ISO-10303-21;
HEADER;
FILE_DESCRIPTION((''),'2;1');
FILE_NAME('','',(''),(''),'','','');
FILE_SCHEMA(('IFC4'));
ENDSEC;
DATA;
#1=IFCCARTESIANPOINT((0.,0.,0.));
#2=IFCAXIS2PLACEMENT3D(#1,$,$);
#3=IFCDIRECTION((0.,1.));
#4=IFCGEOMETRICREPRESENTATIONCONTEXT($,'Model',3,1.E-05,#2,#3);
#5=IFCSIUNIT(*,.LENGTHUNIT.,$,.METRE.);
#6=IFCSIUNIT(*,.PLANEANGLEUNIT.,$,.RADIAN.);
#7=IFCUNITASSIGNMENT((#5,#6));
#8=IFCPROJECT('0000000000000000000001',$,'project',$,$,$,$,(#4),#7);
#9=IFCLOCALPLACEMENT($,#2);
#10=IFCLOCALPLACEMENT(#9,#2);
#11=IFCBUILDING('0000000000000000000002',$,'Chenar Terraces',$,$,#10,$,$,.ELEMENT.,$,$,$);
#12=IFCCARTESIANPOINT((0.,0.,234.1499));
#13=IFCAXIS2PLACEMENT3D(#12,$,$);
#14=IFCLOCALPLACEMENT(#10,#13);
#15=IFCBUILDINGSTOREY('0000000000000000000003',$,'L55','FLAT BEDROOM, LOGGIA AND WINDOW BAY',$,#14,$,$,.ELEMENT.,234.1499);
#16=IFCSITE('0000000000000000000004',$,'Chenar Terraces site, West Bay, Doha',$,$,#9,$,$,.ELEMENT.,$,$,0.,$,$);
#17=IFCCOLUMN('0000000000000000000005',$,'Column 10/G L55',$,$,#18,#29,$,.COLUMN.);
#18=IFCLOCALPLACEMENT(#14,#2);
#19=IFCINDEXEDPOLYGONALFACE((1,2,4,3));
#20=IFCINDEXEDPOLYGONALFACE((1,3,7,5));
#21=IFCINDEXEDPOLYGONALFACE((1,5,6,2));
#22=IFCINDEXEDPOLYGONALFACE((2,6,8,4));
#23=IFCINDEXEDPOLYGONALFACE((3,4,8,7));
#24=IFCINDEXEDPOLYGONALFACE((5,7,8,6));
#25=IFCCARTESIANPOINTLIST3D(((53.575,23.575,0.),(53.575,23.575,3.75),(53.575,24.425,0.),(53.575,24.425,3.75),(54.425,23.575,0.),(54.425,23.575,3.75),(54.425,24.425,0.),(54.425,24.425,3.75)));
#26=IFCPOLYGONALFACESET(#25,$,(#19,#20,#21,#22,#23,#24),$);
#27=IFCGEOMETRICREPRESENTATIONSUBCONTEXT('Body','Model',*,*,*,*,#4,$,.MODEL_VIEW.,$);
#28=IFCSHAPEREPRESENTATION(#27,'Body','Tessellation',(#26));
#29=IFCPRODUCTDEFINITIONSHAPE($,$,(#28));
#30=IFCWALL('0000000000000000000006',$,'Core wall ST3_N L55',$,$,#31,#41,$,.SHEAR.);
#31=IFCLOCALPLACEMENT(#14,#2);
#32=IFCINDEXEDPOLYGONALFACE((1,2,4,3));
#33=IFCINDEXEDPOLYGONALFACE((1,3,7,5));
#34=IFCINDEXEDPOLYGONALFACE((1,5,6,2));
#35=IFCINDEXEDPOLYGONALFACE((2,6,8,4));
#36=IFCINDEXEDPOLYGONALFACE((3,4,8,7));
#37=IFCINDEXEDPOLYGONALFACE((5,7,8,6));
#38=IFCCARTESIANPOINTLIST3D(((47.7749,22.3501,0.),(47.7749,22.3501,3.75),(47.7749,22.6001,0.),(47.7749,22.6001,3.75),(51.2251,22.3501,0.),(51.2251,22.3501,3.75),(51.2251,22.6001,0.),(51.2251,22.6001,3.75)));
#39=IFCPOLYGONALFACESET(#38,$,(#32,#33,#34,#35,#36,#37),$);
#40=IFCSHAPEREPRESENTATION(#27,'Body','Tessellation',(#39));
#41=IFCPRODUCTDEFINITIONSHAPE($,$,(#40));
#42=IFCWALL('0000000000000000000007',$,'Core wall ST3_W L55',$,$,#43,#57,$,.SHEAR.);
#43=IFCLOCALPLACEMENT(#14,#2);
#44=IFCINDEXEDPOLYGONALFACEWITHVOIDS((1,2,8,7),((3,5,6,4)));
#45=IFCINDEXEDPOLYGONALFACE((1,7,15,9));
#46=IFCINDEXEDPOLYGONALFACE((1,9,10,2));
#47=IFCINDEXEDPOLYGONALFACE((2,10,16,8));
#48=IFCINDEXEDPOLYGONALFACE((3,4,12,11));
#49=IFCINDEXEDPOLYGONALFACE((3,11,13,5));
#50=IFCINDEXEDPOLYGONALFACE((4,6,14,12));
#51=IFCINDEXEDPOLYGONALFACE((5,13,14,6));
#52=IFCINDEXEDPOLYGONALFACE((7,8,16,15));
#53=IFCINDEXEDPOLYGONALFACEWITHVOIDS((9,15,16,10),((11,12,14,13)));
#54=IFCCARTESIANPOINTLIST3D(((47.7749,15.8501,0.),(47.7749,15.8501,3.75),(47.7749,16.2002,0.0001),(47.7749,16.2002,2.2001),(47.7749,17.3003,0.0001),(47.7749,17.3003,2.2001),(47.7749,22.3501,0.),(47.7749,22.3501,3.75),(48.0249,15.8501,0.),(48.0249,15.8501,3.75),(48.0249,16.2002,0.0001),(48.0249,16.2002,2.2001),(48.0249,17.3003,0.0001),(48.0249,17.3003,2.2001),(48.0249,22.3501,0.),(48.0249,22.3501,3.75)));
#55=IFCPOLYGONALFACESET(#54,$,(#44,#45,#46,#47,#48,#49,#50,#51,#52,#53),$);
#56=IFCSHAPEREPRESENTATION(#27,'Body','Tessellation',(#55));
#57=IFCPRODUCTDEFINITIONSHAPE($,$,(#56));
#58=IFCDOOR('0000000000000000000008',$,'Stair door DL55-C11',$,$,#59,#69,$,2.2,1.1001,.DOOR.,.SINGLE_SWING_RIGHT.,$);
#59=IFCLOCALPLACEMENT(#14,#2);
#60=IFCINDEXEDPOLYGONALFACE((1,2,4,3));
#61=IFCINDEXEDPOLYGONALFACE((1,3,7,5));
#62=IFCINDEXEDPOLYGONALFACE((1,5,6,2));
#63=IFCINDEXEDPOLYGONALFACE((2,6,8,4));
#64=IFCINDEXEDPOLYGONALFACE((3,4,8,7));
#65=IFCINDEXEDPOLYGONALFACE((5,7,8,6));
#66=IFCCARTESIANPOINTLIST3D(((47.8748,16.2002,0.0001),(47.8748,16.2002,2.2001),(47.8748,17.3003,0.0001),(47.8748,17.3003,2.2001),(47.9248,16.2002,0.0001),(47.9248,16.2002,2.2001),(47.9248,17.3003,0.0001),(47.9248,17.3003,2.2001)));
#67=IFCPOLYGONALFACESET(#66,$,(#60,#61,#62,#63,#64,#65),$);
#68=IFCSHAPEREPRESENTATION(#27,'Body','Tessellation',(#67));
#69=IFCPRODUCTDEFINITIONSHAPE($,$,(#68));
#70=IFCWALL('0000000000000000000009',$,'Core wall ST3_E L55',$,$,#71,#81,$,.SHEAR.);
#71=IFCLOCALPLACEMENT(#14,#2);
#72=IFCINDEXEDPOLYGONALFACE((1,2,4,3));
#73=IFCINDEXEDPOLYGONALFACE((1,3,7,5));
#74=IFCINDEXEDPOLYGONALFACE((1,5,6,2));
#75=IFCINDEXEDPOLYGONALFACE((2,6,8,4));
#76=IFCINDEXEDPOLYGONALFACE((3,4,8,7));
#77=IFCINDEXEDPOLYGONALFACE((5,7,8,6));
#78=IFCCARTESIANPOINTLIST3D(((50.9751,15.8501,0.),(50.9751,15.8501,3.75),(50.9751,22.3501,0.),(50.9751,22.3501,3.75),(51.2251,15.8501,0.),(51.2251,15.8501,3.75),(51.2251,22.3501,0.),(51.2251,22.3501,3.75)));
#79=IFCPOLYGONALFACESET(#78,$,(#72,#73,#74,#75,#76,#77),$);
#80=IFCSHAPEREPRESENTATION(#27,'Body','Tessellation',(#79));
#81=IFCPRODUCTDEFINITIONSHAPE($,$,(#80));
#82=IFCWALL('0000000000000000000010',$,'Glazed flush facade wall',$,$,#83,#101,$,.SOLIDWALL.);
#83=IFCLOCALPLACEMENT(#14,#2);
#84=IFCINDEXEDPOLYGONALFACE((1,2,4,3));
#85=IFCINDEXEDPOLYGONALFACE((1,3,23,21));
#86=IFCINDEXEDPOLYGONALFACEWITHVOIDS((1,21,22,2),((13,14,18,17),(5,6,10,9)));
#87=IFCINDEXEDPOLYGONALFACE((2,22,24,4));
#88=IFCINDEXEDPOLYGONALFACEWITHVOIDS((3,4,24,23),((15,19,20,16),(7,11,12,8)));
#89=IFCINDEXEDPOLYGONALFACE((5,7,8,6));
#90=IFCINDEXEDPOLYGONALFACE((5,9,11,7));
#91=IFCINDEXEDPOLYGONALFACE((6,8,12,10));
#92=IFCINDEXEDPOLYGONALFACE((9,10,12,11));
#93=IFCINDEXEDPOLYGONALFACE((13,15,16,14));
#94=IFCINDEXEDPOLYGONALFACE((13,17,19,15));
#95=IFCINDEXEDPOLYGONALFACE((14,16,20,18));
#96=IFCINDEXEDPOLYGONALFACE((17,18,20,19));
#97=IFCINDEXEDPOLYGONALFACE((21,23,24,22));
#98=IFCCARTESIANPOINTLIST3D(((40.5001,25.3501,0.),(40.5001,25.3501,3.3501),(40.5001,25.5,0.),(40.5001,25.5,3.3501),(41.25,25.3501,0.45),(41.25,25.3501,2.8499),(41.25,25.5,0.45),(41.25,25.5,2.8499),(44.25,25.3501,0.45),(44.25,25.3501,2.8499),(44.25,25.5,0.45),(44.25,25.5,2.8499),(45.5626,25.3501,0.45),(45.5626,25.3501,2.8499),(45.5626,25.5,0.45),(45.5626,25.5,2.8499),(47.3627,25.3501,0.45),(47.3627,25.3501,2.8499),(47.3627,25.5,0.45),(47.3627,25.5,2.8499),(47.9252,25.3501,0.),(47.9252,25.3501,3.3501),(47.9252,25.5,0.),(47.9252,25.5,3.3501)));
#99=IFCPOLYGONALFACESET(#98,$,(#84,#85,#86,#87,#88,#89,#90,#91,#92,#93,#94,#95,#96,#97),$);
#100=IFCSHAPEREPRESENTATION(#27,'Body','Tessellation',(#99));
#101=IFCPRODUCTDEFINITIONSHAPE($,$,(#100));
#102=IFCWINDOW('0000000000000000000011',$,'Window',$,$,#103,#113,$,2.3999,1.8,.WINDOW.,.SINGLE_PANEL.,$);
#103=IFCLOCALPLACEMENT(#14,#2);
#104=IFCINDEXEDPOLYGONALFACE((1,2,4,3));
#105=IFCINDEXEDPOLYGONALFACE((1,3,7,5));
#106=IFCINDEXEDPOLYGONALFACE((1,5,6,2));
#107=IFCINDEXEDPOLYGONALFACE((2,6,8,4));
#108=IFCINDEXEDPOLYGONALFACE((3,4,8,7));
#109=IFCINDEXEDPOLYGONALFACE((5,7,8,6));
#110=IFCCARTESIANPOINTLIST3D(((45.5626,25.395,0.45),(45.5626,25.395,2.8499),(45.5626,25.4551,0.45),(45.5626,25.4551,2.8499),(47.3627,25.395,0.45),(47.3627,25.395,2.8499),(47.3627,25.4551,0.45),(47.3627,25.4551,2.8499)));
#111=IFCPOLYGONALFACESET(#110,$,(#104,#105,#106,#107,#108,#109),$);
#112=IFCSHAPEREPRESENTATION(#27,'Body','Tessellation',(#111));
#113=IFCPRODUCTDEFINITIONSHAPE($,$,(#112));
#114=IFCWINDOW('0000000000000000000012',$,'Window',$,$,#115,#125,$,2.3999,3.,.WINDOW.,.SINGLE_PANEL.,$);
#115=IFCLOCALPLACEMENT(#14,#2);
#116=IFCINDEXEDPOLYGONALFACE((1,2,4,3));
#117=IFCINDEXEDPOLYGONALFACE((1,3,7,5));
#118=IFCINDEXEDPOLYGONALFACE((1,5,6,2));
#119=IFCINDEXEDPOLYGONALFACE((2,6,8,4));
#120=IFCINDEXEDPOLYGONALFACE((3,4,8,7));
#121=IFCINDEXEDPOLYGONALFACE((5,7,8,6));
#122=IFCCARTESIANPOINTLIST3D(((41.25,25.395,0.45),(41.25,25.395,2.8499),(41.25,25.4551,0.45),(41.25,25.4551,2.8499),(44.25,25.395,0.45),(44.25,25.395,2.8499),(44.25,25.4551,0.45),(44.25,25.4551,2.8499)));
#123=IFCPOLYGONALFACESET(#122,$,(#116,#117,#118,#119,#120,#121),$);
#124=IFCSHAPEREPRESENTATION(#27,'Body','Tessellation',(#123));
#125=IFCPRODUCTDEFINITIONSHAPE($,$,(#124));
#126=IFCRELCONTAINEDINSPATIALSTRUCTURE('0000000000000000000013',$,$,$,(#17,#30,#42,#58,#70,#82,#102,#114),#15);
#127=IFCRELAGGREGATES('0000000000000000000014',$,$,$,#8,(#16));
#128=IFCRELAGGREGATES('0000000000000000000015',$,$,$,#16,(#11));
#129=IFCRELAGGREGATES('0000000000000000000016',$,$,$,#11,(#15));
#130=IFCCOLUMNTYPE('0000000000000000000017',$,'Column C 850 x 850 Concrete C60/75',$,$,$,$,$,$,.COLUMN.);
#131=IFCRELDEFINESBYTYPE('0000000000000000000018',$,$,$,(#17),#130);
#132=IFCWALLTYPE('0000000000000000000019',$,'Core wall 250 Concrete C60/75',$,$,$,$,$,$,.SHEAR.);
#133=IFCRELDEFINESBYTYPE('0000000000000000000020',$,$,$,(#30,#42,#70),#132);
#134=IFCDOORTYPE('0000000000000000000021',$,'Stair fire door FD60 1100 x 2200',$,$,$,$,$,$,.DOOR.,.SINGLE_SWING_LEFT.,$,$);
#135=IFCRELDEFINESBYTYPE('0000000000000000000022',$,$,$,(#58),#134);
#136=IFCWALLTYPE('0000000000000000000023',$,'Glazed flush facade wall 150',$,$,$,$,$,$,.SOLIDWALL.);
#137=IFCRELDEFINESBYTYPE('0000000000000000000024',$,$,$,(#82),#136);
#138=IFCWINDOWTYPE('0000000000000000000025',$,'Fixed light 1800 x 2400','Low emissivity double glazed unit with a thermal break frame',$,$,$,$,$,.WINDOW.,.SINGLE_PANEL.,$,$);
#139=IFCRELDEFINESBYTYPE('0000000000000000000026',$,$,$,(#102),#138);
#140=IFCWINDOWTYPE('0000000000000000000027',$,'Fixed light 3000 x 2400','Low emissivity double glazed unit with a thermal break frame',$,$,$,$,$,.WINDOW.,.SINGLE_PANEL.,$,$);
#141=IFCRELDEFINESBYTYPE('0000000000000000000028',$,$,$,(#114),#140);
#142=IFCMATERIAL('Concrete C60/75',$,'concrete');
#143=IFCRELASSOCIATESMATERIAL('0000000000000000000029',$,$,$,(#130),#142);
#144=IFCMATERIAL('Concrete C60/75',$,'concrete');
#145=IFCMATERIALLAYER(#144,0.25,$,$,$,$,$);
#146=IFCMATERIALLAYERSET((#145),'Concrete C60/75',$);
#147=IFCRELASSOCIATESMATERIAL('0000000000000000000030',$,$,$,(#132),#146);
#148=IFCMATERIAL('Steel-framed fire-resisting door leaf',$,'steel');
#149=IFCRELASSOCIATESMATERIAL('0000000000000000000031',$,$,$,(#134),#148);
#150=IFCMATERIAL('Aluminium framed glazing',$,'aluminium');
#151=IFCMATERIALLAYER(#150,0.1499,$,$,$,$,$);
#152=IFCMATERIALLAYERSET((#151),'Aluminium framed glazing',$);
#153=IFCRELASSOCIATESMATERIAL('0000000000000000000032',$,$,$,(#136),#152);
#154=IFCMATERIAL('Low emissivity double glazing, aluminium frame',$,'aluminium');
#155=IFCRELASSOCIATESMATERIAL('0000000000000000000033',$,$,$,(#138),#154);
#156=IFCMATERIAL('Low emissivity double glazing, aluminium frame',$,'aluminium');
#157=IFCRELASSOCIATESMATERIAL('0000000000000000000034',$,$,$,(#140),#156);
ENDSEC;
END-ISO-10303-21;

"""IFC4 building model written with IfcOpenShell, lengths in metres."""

from ifc_helpers import new_model, si_unit, direction, frame, frame_2d, origin, origin_2d, place, context, subcontext, project, spatial, rectangle, extrude, material, layer, layer_set, material_profile, profile_set, type_object, element, fill, save


model = new_model("IFC4")

# Units and contexts
model_context = context("Model", 3, precision=1e-05, world=origin(), true_north=direction((0.0, 1.0)))
body_context = subcontext(model_context, "Body", "Model", "MODEL_VIEW")
ifc_project = project(units=[si_unit("LENGTHUNIT", "METRE"), si_unit("PLANEANGLEUNIT", "RADIAN")], contexts=[model_context])

# Site, building, storey
site_placement = place(None, origin())
site = spatial("IfcSite", under=ifc_project, at=site_placement, Name="Chenar Terraces site, West Bay, Doha", CompositionType="ELEMENT", RefElevation=0.0)
building_placement = place(site_placement, origin())
building = spatial("IfcBuilding", under=site, at=building_placement, Name="Chenar Terraces", CompositionType="ELEMENT")
storey_placement = place(building_placement, frame((0.0, 0.0, 234.1499)))
storey = spatial("IfcBuildingStorey", under=building, at=storey_placement, Name="L55", Description="FLAT BEDROOM, LOGGIA AND WINDOW BAY", CompositionType="ELEMENT", Elevation=234.1499)

# Column
ifc_material_1 = material(Name="Concrete C60/75", Category="concrete")
ifc_material_profile_1 = material_profile(ifc_material_1, rectangle(XDim=0.8501, YDim=0.8501, at=origin_2d()), Name="C 850 x 850")
ifc_profile_set_1 = profile_set([ifc_material_profile_1], Name="Concrete C60/75")
column_type = type_object("IfcColumnType", Name="Column C 850 x 850 Concrete C60/75", PredefinedType="COLUMN", material=ifc_profile_set_1)
column_placement = place(storey_placement, frame((54.0, 24.0, 0.0), z_axis=(0.0, 0.0, 1.0), x_axis=(1.0, 0.0, 0.0)))
element("IfcColumn", 1, at=column_placement, inside=storey, type_object=column_type, Name="Column 10/G L55", PredefinedType="COLUMN", context=body_context, shape_type="SweptSolid", body=[
    extrude(rectangle(XDim=0.8501, YDim=0.8501, at=origin_2d()), origin(), (0.0, 0.0, 1.0), 3.75),
])

# Wall
ifc_material_2 = material(Name="Concrete C60/75", Category="concrete")
ifc_layer_1 = layer(ifc_material_2, 0.25)
ifc_layer_set_1 = layer_set([ifc_layer_1], Name="Concrete C60/75")
wall_type_1 = type_object("IfcWallType", Name="Core wall 250 Concrete C60/75", PredefinedType="SHEAR", material=ifc_layer_set_1)
wall_1_placement = place(storey_placement, frame((47.7749, 22.4751, 0.0), z_axis=(0.0, 0.0, 1.0), x_axis=(1.0, 0.0, 0.0)))
element("IfcWall", 2, at=wall_1_placement, inside=storey, type_object=wall_type_1, Name="Core wall ST3_N L55", PredefinedType="SHEAR", context=body_context, shape_type="SweptSolid", body=[
    extrude(rectangle(XDim=3.4502, YDim=0.25, at=frame_2d((1.7251, 0.0))), origin(), (0.0, 0.0, 1.0), 3.75),
])

# Wall, opening, door
wall_2_placement = place(storey_placement, frame((47.8999, 15.8501, 0.0), z_axis=(0.0, 0.0, 1.0), x_axis=(0.0, 1.0, 0.0)))
wall_2 = element("IfcWall", 3, at=wall_2_placement, inside=storey, type_object=wall_type_1, Name="Core wall ST3_W L55", PredefinedType="SHEAR", context=body_context, shape_type="SweptSolid", body=[
    extrude(rectangle(XDim=6.5, YDim=0.25, at=frame_2d((3.25, 0.0))), origin(), (0.0, 0.0, 1.0), 3.75),
])
opening_1_placement = place(wall_2_placement, frame((0.3501, 0.0, 0.0)))
opening_1 = element("IfcOpeningElement", 4, at=opening_1_placement, cuts=wall_2, PredefinedType="OPENING", context=body_context, shape_type="SweptSolid", body=[
    extrude(rectangle(XDim=1.1001, YDim=2.2, at=frame_2d((0.55, 1.1001))), frame((0.0, 0.135, 0.0), z_axis=(0.0, -1.0, 0.0), x_axis=(1.0, 0.0, 0.0)), (0.0, 0.0, 1.0), 0.27),
])
ifc_material_3 = material(Name="Steel-framed fire-resisting door leaf", Category="steel")
door_type_1 = type_object("IfcDoorType", Name="Stair fire door FD60 1100 x 2200", OperationType="SINGLE_SWING_LEFT", PredefinedType="DOOR", material=ifc_material_3)
door_1_placement = place(opening_1_placement, frame((1.1001, 0.0, 0.0), z_axis=(0.0, 0.0, 1.0), x_axis=(-1.0, 0.0, 0.0)))
door_1 = element("IfcDoor", 5, at=door_1_placement, inside=storey, type_object=door_type_1, Name="Stair door DL55-C11", OperationType="SINGLE_SWING_RIGHT", OverallHeight=2.2, OverallWidth=1.1001, PredefinedType="DOOR", context=body_context, shape_type="SweptSolid", body=[
    extrude(rectangle(XDim=1.1001, YDim=2.2, at=frame_2d((0.55, 1.1001))), frame((0.0, 0.0249, 0.0), z_axis=(0.0, -1.0, 0.0), x_axis=(1.0, 0.0, 0.0)), (0.0, 0.0, 1.0), 0.05),
])
fill(opening_1, door_1)

# Wall
wall_3_placement = place(storey_placement, frame((51.1001, 15.8501, 0.0), z_axis=(0.0, 0.0, 1.0), x_axis=(0.0, 1.0, 0.0)))
element("IfcWall", 6, at=wall_3_placement, inside=storey, type_object=wall_type_1, Name="Core wall ST3_E L55", PredefinedType="SHEAR", context=body_context, shape_type="SweptSolid", body=[
    extrude(rectangle(XDim=6.5, YDim=0.25, at=frame_2d((3.25, 0.0))), origin(), (0.0, 0.0, 1.0), 3.75),
])

# Wall, openings, windows
ifc_material_4 = material(Name="Aluminium framed glazing", Category="aluminium")
ifc_layer_2 = layer(ifc_material_4, 0.1499)
ifc_layer_set_2 = layer_set([ifc_layer_2], Name="Aluminium framed glazing")
wall_type_2 = type_object("IfcWallType", Name="Glazed flush facade wall 150", PredefinedType="SOLIDWALL", material=ifc_layer_set_2)
wall_4_placement = place(storey_placement, frame((47.925, 25.425, 0.0), z_axis=(0.0, 0.0, 1.0), x_axis=(-1.0, 0.0, 0.0)))
wall_4 = element("IfcWall", 7, at=wall_4_placement, inside=storey, type_object=wall_type_2, Name="Glazed flush facade wall", PredefinedType="SOLIDWALL", context=body_context, shape_type="SweptSolid", body=[
    extrude(rectangle(XDim=7.425, YDim=0.1499, at=frame_2d((3.7124, 0.0))), origin(), (0.0, 0.0, 1.0), 3.3501),
])
opening_2_placement = place(wall_4_placement, frame((0.5625, 0.0, 0.45)))
opening_2 = element("IfcOpeningElement", 8, at=opening_2_placement, cuts=wall_4, PredefinedType="OPENING", context=body_context, shape_type="SweptSolid", body=[
    extrude(rectangle(XDim=1.8, YDim=2.3999, at=frame_2d((0.8999, 1.2))), frame((0.0, 0.085, 0.0), z_axis=(0.0, -1.0, 0.0), x_axis=(1.0, 0.0, 0.0)), (0.0, 0.0, 1.0), 0.1699),
])
opening_3_placement = place(wall_4_placement, frame((3.675, 0.0, 0.45)))
opening_3 = element("IfcOpeningElement", 9, at=opening_3_placement, cuts=wall_4, PredefinedType="OPENING", context=body_context, shape_type="SweptSolid", body=[
    extrude(rectangle(XDim=3.0, YDim=2.3999, at=frame_2d((1.5, 1.2))), frame((0.0, 0.085, 0.0), z_axis=(0.0, -1.0, 0.0), x_axis=(1.0, 0.0, 0.0)), (0.0, 0.0, 1.0), 0.1699),
])
ifc_material_5 = material(Name="Low emissivity double glazing, aluminium frame", Category="aluminium")
window_type_1 = type_object("IfcWindowType", Name="Fixed light 1800 x 2400", Description="Low emissivity double glazed unit with a thermal break frame", PartitioningType="SINGLE_PANEL", PredefinedType="WINDOW", material=ifc_material_5)
window_1_placement = place(opening_2_placement, origin())
window_1 = element("IfcWindow", 10, at=window_1_placement, inside=storey, type_object=window_type_1, Name="Window", OverallHeight=2.3999, OverallWidth=1.8, PartitioningType="SINGLE_PANEL", PredefinedType="WINDOW", context=body_context, shape_type="SweptSolid", body=[
    extrude(rectangle(XDim=1.8, YDim=2.3999, at=frame_2d((0.8999, 1.2))), frame((0.0, 0.03, 0.0), z_axis=(0.0, -1.0, 0.0), x_axis=(1.0, 0.0, 0.0)), (0.0, 0.0, 1.0), 0.0601),
])
fill(opening_2, window_1)
ifc_material_6 = material(Name="Low emissivity double glazing, aluminium frame", Category="aluminium")
window_type_2 = type_object("IfcWindowType", Name="Fixed light 3000 x 2400", Description="Low emissivity double glazed unit with a thermal break frame", PartitioningType="SINGLE_PANEL", PredefinedType="WINDOW", material=ifc_material_6)
window_2_placement = place(opening_3_placement, origin())
window_2 = element("IfcWindow", 11, at=window_2_placement, inside=storey, type_object=window_type_2, Name="Window", OverallHeight=2.3999, OverallWidth=3.0, PartitioningType="SINGLE_PANEL", PredefinedType="WINDOW", context=body_context, shape_type="SweptSolid", body=[
    extrude(rectangle(XDim=3.0, YDim=2.3999, at=frame_2d((1.5, 1.2))), frame((0.0, 0.03, 0.0), z_axis=(0.0, -1.0, 0.0), x_axis=(1.0, 0.0, 0.0)), (0.0, 0.0, 1.0), 0.0601),
])
fill(opening_3, window_2)

save(model, "model.ifc")
